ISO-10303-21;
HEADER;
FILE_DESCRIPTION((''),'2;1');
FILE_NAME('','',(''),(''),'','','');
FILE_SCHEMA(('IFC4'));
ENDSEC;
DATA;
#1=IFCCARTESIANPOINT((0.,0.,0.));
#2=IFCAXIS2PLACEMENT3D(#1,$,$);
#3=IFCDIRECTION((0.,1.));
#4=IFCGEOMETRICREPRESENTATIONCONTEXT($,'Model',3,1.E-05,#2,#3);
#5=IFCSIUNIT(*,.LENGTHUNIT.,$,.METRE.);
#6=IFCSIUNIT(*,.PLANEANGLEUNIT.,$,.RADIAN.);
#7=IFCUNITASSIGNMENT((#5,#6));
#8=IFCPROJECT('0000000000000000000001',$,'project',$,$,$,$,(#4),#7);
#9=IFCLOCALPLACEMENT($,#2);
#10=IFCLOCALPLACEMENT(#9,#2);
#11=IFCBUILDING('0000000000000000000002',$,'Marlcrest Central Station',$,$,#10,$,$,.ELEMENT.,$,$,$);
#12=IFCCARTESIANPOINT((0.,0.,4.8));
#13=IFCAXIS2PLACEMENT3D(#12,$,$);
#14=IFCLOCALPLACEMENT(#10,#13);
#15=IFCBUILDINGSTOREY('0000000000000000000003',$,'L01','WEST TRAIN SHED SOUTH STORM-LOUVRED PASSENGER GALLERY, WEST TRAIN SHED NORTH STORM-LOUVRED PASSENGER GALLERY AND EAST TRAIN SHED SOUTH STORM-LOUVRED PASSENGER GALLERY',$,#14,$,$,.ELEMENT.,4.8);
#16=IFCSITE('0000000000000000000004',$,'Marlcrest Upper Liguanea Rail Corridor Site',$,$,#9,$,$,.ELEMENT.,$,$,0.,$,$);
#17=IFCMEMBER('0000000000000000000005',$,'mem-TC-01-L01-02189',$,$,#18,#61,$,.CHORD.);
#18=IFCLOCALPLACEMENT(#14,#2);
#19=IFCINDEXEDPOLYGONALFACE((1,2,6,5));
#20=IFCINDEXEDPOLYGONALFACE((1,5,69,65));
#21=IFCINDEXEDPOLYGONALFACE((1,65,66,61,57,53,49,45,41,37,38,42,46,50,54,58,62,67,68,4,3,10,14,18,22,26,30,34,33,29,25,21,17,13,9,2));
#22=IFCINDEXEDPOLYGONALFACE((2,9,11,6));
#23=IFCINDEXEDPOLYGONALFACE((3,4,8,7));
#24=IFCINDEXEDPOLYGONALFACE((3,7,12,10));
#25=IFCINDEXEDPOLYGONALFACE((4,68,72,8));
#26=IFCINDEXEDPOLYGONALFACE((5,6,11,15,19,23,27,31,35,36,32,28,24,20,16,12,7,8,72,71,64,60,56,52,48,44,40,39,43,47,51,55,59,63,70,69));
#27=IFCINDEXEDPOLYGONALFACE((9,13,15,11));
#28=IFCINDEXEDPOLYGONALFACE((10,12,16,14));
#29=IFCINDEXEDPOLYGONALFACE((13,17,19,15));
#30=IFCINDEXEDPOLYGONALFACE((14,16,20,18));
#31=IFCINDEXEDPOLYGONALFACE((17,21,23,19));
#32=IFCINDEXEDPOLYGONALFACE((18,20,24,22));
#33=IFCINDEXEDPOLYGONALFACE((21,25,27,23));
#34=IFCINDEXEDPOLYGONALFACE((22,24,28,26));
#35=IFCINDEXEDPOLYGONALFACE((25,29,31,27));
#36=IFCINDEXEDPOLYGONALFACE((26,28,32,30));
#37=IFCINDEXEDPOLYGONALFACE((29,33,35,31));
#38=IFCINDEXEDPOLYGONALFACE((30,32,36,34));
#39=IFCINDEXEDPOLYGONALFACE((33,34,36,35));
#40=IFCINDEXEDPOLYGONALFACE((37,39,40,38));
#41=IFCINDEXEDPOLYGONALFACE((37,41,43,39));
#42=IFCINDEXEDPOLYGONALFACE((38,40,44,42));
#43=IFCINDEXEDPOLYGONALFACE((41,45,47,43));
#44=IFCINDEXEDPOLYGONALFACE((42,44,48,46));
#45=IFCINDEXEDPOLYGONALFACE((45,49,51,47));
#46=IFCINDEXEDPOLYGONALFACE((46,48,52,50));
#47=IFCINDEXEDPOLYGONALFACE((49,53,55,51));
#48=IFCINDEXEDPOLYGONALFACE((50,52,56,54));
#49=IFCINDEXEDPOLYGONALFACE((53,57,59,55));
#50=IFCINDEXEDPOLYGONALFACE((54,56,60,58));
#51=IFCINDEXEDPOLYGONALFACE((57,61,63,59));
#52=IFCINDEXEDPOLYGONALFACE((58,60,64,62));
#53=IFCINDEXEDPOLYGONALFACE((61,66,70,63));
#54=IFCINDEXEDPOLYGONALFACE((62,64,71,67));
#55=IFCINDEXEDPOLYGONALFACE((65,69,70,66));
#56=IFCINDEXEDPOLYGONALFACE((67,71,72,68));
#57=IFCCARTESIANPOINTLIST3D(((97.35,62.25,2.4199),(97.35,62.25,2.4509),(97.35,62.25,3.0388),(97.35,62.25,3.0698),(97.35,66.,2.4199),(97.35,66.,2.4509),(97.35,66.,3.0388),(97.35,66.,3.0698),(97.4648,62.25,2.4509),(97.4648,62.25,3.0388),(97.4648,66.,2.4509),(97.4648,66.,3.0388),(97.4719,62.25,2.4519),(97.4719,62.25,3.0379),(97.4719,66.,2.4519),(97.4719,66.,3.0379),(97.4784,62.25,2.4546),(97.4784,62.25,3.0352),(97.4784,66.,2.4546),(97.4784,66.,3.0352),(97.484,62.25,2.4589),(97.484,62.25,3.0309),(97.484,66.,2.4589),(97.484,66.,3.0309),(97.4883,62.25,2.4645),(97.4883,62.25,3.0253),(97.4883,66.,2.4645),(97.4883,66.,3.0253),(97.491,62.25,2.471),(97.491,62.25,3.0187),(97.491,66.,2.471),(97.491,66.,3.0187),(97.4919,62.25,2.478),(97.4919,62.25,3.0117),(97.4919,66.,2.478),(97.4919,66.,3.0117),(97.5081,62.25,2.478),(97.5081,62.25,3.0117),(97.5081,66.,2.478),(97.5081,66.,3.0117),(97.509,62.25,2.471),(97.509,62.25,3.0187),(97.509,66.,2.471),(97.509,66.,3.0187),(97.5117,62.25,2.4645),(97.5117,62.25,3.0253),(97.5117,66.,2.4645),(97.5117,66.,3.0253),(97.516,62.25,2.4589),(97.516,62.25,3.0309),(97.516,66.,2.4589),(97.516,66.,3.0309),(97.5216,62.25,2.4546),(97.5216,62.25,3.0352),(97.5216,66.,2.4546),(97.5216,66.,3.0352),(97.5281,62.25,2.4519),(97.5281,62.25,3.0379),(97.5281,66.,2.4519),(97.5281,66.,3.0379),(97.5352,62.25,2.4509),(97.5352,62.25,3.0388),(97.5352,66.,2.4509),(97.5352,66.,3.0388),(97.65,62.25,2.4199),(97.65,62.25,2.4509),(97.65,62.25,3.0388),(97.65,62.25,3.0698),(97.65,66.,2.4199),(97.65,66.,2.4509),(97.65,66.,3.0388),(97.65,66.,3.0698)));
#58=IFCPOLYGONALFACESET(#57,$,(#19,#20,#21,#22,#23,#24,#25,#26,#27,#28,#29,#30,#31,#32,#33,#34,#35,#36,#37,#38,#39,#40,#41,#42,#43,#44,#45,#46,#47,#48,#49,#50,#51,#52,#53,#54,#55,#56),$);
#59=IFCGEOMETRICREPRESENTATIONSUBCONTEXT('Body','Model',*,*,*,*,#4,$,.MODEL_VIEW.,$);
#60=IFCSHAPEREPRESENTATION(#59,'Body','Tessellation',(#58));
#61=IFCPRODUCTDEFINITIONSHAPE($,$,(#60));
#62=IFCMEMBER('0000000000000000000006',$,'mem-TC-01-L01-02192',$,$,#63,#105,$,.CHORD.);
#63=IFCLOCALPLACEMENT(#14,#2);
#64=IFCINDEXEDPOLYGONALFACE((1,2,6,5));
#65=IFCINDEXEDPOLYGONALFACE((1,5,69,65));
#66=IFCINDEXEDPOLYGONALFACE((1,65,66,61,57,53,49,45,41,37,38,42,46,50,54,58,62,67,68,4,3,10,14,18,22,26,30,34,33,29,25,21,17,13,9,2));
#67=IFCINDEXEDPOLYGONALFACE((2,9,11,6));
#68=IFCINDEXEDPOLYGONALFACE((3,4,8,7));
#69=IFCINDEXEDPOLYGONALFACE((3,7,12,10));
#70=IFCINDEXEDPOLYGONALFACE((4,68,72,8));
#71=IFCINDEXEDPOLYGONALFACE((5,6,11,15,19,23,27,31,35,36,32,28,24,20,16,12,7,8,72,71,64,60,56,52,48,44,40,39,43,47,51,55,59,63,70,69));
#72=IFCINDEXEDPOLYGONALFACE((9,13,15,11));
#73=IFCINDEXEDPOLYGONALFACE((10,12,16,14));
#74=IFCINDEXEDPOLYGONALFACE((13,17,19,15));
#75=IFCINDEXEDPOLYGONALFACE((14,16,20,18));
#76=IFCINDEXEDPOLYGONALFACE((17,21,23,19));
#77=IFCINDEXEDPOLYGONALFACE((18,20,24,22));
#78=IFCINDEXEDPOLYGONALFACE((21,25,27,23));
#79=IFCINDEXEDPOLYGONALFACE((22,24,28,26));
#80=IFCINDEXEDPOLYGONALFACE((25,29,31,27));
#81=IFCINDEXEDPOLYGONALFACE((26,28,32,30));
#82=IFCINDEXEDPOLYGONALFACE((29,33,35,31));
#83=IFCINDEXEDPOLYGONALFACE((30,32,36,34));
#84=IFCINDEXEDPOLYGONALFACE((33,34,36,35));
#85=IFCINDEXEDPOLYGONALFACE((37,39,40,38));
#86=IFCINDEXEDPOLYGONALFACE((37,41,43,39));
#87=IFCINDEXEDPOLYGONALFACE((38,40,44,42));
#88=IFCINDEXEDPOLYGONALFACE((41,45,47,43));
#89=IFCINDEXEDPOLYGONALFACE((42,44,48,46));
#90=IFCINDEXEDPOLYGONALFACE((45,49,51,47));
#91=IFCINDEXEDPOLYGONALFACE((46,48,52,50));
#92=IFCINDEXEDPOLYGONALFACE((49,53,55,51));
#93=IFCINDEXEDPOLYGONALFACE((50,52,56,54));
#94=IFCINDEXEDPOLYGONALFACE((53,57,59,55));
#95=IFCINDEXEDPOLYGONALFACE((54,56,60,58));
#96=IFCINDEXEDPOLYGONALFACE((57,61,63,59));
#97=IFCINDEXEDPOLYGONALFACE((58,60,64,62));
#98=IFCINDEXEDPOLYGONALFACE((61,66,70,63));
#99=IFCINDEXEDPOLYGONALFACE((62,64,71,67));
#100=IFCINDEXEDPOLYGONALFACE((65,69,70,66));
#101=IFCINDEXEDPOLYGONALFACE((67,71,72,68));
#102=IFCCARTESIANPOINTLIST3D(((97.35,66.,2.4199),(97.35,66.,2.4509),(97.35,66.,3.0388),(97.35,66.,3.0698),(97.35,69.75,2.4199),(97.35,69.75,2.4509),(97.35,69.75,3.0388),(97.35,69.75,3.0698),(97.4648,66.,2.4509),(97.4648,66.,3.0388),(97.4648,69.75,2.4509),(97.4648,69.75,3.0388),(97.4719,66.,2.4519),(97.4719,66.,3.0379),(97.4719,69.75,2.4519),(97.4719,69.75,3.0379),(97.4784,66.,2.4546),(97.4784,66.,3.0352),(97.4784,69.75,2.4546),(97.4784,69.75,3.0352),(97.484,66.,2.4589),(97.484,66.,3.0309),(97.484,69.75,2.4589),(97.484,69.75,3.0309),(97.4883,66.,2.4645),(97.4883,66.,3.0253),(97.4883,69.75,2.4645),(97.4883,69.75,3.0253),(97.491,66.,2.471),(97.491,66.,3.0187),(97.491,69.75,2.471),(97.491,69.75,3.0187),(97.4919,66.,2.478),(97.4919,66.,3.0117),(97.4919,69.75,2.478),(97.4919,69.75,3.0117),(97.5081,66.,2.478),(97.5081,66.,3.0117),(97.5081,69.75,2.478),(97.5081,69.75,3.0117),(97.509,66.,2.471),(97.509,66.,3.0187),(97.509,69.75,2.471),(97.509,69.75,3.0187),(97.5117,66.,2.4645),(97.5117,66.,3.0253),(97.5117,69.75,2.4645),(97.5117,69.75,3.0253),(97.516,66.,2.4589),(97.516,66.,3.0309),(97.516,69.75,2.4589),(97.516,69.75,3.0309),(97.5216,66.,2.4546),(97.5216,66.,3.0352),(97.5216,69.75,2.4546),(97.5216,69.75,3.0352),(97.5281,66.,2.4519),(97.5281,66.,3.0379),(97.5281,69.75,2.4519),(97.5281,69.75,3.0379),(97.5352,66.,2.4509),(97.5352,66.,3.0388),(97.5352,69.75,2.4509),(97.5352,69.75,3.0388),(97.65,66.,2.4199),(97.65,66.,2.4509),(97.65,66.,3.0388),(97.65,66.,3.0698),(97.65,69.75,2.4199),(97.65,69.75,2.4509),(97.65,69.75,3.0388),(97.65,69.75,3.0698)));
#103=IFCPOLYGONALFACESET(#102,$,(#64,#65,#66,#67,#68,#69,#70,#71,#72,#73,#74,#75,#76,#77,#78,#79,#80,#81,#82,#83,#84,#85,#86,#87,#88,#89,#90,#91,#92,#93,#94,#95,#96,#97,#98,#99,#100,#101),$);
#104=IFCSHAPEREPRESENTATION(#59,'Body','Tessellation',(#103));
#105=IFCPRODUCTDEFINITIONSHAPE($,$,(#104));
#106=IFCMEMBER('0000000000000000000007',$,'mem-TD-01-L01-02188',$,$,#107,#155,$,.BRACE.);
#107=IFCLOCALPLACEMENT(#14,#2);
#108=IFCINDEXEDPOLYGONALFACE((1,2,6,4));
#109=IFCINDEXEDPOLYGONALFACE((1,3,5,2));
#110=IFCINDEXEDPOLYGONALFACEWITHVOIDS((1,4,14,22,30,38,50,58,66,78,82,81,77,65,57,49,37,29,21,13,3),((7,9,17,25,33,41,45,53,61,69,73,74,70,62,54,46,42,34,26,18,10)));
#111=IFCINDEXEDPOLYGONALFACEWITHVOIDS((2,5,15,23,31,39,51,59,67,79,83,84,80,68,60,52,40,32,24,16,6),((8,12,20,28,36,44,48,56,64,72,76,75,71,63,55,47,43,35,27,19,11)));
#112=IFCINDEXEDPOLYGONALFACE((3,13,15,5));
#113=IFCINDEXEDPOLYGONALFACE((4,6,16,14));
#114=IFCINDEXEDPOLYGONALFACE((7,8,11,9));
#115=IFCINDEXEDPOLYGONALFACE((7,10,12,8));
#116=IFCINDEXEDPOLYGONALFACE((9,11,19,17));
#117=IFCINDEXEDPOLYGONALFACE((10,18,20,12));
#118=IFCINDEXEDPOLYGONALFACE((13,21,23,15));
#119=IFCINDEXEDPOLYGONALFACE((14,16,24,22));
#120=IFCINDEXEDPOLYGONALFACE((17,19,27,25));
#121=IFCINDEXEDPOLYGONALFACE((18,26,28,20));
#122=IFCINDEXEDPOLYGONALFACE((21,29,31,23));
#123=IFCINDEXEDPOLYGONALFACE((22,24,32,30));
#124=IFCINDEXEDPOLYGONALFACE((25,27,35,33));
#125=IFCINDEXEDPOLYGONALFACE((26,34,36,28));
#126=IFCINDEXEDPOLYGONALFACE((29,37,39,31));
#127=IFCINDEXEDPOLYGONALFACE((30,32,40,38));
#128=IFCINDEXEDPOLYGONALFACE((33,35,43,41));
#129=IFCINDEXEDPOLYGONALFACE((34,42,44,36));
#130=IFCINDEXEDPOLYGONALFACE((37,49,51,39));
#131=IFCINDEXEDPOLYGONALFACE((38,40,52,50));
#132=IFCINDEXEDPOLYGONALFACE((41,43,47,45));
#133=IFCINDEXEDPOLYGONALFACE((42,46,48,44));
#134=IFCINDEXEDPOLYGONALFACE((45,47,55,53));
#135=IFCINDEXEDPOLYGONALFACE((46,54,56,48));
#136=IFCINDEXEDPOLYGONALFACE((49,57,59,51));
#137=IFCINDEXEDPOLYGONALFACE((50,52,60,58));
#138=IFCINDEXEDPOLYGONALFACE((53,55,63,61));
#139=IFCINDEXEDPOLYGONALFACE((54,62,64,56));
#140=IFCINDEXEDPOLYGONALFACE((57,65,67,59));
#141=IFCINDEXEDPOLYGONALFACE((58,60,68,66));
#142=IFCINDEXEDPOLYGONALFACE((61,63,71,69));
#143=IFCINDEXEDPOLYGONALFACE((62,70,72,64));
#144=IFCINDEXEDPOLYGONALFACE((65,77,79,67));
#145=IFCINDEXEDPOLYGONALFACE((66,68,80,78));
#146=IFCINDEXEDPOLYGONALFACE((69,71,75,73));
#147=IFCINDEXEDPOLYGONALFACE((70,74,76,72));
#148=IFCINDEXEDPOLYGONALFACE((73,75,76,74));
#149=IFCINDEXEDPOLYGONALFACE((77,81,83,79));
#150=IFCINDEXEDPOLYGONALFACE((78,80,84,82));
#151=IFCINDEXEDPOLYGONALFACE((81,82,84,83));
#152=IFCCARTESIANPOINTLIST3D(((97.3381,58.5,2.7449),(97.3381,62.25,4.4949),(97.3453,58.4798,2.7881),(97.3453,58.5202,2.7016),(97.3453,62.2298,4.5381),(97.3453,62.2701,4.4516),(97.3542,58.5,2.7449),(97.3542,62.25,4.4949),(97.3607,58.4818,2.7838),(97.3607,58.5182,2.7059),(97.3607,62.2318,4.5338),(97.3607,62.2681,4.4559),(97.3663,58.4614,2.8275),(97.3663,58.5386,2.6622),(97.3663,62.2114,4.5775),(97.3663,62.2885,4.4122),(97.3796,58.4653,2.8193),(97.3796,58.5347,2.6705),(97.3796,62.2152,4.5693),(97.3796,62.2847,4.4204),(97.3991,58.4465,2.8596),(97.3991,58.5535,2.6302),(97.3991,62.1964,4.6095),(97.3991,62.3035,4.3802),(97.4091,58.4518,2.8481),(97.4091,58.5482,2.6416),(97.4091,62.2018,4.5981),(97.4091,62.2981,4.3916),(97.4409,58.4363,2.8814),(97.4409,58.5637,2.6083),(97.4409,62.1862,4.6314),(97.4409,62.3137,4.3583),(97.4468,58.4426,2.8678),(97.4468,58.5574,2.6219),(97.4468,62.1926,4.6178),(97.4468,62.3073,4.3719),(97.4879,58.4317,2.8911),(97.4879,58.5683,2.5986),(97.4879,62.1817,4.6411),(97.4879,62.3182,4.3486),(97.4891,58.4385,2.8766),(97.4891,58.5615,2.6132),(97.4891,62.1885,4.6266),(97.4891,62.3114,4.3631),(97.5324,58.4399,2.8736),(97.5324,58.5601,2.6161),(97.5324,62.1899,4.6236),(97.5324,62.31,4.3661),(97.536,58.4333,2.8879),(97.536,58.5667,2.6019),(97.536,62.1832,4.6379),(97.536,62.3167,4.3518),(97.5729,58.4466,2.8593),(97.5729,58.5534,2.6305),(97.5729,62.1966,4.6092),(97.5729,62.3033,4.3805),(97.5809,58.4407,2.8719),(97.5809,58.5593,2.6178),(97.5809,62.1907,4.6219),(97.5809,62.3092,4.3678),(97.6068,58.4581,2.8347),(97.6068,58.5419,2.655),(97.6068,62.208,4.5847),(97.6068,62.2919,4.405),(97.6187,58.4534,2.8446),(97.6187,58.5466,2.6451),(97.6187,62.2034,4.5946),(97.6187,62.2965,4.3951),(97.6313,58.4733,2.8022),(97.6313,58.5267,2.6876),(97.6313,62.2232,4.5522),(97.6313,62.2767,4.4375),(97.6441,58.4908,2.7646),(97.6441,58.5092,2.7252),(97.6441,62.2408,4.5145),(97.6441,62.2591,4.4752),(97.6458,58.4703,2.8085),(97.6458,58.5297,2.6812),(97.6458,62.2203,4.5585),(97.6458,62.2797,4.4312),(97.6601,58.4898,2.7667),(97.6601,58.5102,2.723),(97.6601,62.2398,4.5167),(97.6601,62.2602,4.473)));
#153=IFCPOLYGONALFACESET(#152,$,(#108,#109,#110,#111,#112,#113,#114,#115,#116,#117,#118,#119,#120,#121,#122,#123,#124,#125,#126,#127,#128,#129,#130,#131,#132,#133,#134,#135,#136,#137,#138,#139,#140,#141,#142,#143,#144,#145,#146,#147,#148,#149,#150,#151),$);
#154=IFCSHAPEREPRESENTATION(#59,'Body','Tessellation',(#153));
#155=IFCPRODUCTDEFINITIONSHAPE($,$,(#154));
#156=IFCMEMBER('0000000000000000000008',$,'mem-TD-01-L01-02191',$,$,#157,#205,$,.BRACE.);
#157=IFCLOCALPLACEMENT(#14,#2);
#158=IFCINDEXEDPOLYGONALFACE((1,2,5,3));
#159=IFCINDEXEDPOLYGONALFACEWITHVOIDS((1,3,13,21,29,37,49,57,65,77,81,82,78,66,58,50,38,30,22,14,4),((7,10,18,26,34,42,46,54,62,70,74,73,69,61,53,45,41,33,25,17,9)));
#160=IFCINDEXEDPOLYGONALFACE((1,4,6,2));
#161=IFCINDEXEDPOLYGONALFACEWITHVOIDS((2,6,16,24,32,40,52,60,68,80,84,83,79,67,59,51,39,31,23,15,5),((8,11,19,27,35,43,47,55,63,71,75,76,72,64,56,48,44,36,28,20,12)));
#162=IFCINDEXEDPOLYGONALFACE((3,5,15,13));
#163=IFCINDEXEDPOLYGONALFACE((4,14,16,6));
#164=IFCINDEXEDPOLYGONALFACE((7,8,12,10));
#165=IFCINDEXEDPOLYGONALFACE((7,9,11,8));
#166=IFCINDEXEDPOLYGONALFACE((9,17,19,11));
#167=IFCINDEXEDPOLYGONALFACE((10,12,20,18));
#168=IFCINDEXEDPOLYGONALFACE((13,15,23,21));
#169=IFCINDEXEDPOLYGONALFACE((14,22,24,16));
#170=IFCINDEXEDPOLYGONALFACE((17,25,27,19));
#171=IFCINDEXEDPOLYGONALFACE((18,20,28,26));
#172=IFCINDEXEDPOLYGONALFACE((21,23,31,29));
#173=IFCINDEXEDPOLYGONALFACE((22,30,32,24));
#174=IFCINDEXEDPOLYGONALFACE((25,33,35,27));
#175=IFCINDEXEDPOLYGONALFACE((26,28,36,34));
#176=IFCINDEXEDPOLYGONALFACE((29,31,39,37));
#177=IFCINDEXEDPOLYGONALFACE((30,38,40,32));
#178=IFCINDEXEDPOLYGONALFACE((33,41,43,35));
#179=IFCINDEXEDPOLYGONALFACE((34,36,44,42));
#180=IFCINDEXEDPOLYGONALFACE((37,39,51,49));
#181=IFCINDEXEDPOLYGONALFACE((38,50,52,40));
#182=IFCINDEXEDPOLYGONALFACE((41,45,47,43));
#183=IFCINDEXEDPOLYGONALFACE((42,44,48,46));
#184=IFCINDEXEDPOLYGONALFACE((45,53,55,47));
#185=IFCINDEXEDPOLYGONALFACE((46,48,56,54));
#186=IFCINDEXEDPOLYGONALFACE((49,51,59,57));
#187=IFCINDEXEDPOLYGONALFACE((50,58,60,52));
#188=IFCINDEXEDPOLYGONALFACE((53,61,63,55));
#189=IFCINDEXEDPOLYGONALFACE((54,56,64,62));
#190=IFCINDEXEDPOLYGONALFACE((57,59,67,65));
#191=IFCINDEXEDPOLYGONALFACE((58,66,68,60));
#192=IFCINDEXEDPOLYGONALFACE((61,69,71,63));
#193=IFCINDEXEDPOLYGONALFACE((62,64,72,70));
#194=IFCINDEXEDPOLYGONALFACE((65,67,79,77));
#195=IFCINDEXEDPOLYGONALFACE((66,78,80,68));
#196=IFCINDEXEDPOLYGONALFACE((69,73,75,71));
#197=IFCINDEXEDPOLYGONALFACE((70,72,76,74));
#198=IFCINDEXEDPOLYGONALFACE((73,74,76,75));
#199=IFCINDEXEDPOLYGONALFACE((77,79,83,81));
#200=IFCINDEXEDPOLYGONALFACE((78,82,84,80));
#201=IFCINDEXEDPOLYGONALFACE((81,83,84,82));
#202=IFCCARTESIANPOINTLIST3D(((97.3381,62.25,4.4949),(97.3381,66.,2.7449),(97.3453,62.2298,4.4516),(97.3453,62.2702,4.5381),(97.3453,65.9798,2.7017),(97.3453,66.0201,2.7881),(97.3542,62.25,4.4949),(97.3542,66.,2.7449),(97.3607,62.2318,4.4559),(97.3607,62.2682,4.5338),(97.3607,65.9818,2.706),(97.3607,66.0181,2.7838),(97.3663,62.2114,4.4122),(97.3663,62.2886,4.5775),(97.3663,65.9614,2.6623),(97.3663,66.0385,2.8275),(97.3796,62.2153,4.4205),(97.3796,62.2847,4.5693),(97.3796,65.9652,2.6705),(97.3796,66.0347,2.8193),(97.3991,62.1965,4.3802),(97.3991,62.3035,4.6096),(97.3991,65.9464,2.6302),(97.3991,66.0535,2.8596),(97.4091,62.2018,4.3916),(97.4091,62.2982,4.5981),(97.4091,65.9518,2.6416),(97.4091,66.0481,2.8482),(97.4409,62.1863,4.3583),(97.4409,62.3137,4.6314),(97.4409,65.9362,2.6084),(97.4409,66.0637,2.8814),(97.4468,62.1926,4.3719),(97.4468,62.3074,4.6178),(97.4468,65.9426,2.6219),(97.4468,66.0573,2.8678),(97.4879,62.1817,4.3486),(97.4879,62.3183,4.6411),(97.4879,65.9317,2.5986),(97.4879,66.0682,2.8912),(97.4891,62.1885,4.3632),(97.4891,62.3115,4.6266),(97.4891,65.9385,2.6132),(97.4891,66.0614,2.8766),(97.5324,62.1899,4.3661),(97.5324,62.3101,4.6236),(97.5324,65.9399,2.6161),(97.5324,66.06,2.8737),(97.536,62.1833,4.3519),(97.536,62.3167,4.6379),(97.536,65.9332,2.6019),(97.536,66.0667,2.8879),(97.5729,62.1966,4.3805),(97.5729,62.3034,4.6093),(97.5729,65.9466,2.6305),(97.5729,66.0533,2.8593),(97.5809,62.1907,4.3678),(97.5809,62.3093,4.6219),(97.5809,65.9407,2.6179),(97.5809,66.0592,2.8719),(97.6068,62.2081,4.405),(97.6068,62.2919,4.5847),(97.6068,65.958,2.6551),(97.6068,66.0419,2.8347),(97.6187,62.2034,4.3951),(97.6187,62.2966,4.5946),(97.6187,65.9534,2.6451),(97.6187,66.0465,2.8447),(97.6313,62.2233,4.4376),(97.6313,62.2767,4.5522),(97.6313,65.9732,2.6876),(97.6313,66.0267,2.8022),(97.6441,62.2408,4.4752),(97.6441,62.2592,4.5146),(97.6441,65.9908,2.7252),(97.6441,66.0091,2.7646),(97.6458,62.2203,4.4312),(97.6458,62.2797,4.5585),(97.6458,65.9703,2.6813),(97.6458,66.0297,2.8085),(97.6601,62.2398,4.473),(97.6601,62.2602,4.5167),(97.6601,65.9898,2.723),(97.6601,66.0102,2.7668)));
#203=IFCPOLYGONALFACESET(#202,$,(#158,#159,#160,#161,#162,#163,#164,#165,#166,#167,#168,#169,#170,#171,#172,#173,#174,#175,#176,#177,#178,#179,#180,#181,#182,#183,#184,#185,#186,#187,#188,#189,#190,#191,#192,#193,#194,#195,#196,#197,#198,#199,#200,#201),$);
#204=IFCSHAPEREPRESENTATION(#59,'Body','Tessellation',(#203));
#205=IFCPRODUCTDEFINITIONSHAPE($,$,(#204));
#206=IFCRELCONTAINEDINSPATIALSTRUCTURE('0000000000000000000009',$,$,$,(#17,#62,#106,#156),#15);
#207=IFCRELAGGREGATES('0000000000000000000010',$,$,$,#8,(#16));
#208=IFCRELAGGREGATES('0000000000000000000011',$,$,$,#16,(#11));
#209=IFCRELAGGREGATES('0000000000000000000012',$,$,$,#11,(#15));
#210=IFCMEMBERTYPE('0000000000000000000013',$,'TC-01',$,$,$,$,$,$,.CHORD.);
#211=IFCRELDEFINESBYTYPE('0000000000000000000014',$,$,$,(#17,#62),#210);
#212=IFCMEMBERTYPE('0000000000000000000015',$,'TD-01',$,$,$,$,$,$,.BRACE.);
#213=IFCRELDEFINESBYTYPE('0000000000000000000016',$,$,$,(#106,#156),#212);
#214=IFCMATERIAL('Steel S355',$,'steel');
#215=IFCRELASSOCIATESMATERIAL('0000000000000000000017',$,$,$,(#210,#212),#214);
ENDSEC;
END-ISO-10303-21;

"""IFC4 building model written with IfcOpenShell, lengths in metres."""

from ifc_helpers import new_model, si_unit, direction, frame, origin, origin_2d, place, context, subcontext, project, spatial, hollow_circle, i_section, extrude, material, material_profile, profile_set, type_object, element, save


model = new_model("IFC4")

# Units and contexts
model_context = context("Model", 3, precision=1e-05, world=origin(), true_north=direction((0.0, 1.0)))
body_context = subcontext(model_context, "Body", "Model", "MODEL_VIEW")
ifc_project = project(units=[si_unit("LENGTHUNIT", "METRE"), si_unit("PLANEANGLEUNIT", "RADIAN")], contexts=[model_context])

# Site, building, storey
site_placement = place(None, origin())
site = spatial("IfcSite", under=ifc_project, at=site_placement, Name="Marlcrest Upper Liguanea Rail Corridor Site", CompositionType="ELEMENT", RefElevation=0.0)
building_placement = place(site_placement, origin())
building = spatial("IfcBuilding", under=site, at=building_placement, Name="Marlcrest Central Station", CompositionType="ELEMENT")
storey_placement = place(building_placement, frame((0.0, 0.0, 4.8)))
storey = spatial("IfcBuildingStorey", under=building, at=storey_placement, Name="L01", Description="WEST TRAIN SHED SOUTH STORM-LOUVRED PASSENGER GALLERY, WEST TRAIN SHED NORTH STORM-LOUVRED PASSENGER GALLERY AND EAST TRAIN SHED SOUTH STORM-LOUVRED PASSENGER GALLERY", CompositionType="ELEMENT", Elevation=4.8)

# Shared definitions
ifc_material = material(Name="Steel S355", Category="steel")

# Members
ifc_material_profile_1 = material_profile(ifc_material, i_section(OverallWidth=0.3, OverallDepth=0.6499, WebThickness=0.0161, FlangeThickness=0.031, FilletRadius=0.0271, at=origin_2d()), Name="HEB 650")
ifc_profile_set_1 = profile_set([ifc_material_profile_1], Name="Steel S355")
member_type_1 = type_object("IfcMemberType", Name="TC-01", PredefinedType="CHORD", material=ifc_profile_set_1)
for number, where, z_axis, x_axis, name in (
    (1, (97.5, 62.25, 2.7449), (0.0, 1.0, 0.0), (-1.0, 0.0, 0.0), "mem-TC-01-L01-02189"),
    (2, (97.5, 66.0, 2.7449), (0.0, 1.0, 0.0), (-1.0, 0.0, 0.0), "mem-TC-01-L01-02192"),
):
    element("IfcMember", number, at=place(storey_placement, frame(where, z_axis=z_axis, x_axis=x_axis)), inside=storey, type_object=member_type_1, Name=name, PredefinedType="CHORD", context=body_context, shape_type="SweptSolid", body=[
        extrude(i_section(OverallWidth=0.3, OverallDepth=0.6499, WebThickness=0.0161, FlangeThickness=0.031, FilletRadius=0.0271, at=origin_2d()), origin(), (0.0, 0.0, 1.0), 3.75),
    ])
ifc_material_profile_2 = material_profile(ifc_material, hollow_circle(Radius=0.1619, WallThickness=0.0161, at=origin_2d()), Name="CHS 323.9x16")
ifc_profile_set_2 = profile_set([ifc_material_profile_2], Name="Steel S355")
member_type_2 = type_object("IfcMemberType", Name="TD-01", PredefinedType="BRACE", material=ifc_profile_set_2)
for number, where, z_axis, x_axis, name in (
    (3, (97.5, 58.5, 2.7449), (0.0, 0.906183, 0.422885), (-1.0, 0.0, 0.0), "mem-TD-01-L01-02188"),
    (4, (97.5, 62.25, 4.4949), (0.0, 0.906183, -0.422885), (-1.0, 0.0, 0.0), "mem-TD-01-L01-02191"),
):
    element("IfcMember", number, at=place(storey_placement, frame(where, z_axis=z_axis, x_axis=x_axis)), inside=storey, type_object=member_type_2, Name=name, PredefinedType="BRACE", context=body_context, shape_type="SweptSolid", body=[
        extrude(hollow_circle(Radius=0.1619, WallThickness=0.0161, at=origin_2d()), origin(), (0.0, 0.0, 1.0), 4.1382),
    ])

save(model, "model.ifc")
